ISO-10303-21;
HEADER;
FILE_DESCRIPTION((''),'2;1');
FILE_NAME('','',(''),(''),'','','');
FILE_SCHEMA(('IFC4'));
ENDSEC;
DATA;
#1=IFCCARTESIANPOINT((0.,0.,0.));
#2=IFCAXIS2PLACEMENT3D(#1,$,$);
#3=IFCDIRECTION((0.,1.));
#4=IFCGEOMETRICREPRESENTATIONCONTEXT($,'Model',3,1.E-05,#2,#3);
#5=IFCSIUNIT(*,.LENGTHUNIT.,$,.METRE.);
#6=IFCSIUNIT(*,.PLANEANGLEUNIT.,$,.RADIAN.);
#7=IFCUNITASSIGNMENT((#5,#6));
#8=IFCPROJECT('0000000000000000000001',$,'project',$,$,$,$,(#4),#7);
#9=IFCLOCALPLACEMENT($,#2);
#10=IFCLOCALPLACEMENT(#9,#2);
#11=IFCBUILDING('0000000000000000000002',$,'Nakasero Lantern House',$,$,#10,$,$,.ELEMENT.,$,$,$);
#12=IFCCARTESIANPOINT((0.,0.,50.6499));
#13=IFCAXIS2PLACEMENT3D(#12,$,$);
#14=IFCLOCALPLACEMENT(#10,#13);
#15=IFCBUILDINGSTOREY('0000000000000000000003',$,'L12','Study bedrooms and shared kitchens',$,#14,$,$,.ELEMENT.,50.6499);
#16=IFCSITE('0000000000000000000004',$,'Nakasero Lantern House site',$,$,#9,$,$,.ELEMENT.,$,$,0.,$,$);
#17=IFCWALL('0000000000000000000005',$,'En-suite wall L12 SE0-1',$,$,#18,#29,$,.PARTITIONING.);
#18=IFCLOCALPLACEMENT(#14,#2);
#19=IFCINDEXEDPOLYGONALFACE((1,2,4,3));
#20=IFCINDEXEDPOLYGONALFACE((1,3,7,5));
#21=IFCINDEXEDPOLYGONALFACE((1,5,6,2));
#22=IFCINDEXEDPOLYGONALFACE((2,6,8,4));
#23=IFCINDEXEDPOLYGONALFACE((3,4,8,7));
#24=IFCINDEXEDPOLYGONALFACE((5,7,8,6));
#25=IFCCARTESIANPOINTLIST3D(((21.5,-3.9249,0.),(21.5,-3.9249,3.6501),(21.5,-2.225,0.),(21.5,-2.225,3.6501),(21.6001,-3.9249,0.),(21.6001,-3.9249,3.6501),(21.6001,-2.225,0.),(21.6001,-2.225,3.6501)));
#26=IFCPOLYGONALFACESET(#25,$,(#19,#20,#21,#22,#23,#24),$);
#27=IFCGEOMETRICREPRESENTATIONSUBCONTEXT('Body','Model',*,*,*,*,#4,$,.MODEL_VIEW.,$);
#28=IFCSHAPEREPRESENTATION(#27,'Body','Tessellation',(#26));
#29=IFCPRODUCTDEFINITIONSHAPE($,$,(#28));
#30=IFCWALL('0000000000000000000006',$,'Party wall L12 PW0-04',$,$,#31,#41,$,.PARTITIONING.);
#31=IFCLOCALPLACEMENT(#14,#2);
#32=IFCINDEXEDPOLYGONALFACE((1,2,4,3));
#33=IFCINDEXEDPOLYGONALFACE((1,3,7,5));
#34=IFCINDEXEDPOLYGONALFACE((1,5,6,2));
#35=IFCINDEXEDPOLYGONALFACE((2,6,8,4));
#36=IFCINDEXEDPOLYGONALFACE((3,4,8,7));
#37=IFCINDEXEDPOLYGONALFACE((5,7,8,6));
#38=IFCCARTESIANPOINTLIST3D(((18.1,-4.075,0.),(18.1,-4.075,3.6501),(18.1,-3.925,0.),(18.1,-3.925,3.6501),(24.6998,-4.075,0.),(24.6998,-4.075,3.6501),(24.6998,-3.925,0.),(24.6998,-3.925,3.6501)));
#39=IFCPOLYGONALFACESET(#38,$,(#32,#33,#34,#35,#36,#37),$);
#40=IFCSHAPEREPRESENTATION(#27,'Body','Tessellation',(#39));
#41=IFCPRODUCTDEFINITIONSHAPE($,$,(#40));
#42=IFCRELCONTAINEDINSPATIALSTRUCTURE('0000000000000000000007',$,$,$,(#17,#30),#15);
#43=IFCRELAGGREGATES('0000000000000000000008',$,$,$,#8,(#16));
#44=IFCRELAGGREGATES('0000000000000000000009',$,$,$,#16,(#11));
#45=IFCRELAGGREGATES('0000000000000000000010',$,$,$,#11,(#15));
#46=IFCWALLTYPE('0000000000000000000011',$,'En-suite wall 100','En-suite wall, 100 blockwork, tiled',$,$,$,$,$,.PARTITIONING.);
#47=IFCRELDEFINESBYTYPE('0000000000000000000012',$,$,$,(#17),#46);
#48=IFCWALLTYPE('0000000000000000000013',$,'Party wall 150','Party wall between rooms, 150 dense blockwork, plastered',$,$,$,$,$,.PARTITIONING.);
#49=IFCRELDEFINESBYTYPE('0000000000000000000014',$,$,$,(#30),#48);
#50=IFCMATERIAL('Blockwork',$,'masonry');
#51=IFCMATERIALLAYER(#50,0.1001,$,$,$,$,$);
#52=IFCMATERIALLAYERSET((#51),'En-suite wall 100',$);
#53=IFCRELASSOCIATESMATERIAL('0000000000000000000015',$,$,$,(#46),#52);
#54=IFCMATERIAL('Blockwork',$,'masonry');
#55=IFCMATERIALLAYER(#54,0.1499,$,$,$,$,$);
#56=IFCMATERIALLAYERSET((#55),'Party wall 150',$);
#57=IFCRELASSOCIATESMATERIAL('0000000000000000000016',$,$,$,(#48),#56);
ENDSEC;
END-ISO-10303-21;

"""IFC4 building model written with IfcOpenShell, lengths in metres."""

from ifc_helpers import new_model, si_unit, direction, frame, frame_2d, origin, place, context, subcontext, project, spatial, rectangle, extrude, material, layer, layer_set, type_object, element, save


model = new_model("IFC4")

# Units and contexts
model_context = context("Model", 3, precision=1e-05, world=origin(), true_north=direction((0.0, 1.0)))
body_context = subcontext(model_context, "Body", "Model", "MODEL_VIEW")
ifc_project = project(units=[si_unit("LENGTHUNIT", "METRE"), si_unit("PLANEANGLEUNIT", "RADIAN")], contexts=[model_context])

# Site, building, storey
site_placement = place(None, origin())
site = spatial("IfcSite", under=ifc_project, at=site_placement, Name="Nakasero Lantern House site", CompositionType="ELEMENT", RefElevation=0.0)
building_placement = place(site_placement, origin())
building = spatial("IfcBuilding", under=site, at=building_placement, Name="Nakasero Lantern House", CompositionType="ELEMENT")
storey_placement = place(building_placement, frame((0.0, 0.0, 50.6499)))
storey = spatial("IfcBuildingStorey", under=building, at=storey_placement, Name="L12", Description="Study bedrooms and shared kitchens", CompositionType="ELEMENT", Elevation=50.6499)

# Walls
ifc_material_1 = material(Name="Blockwork", Category="masonry")
ifc_layer_1 = layer(ifc_material_1, 0.1001)
ifc_layer_set_1 = layer_set([ifc_layer_1], Name="En-suite wall 100")
wall_type_1 = type_object("IfcWallType", Name="En-suite wall 100", Description="En-suite wall, 100 blockwork, tiled", PredefinedType="PARTITIONING", material=ifc_layer_set_1)
wall_1_placement = place(storey_placement, frame((21.55, -3.925, 0.0), z_axis=(0.0, 0.0, 1.0), x_axis=(0.0, 1.0, 0.0)))
element("IfcWall", 1, at=wall_1_placement, inside=storey, type_object=wall_type_1, Name="En-suite wall L12 SE0-1", PredefinedType="PARTITIONING", context=body_context, shape_type="SweptSolid", body=[
    extrude(rectangle(XDim=1.7, YDim=0.1001, at=frame_2d((0.8501, 0.0))), origin(), (0.0, 0.0, 1.0), 3.6501),
])
ifc_material_2 = material(Name="Blockwork", Category="masonry")
ifc_layer_2 = layer(ifc_material_2, 0.1499)
ifc_layer_set_2 = layer_set([ifc_layer_2], Name="Party wall 150")
wall_type_2 = type_object("IfcWallType", Name="Party wall 150", Description="Party wall between rooms, 150 dense blockwork, plastered", PredefinedType="PARTITIONING", material=ifc_layer_set_2)
wall_2_placement = place(storey_placement, frame((18.1001, -4.0, 0.0), z_axis=(0.0, 0.0, 1.0), x_axis=(1.0, 0.0, 0.0)))
element("IfcWall", 2, at=wall_2_placement, inside=storey, type_object=wall_type_2, Name="Party wall L12 PW0-04", PredefinedType="PARTITIONING", context=body_context, shape_type="SweptSolid", body=[
    extrude(rectangle(XDim=6.5999, YDim=0.1499, at=frame_2d((3.2998, 0.0))), origin(), (0.0, 0.0, 1.0), 3.6501),
])

save(model, "model.ifc")
